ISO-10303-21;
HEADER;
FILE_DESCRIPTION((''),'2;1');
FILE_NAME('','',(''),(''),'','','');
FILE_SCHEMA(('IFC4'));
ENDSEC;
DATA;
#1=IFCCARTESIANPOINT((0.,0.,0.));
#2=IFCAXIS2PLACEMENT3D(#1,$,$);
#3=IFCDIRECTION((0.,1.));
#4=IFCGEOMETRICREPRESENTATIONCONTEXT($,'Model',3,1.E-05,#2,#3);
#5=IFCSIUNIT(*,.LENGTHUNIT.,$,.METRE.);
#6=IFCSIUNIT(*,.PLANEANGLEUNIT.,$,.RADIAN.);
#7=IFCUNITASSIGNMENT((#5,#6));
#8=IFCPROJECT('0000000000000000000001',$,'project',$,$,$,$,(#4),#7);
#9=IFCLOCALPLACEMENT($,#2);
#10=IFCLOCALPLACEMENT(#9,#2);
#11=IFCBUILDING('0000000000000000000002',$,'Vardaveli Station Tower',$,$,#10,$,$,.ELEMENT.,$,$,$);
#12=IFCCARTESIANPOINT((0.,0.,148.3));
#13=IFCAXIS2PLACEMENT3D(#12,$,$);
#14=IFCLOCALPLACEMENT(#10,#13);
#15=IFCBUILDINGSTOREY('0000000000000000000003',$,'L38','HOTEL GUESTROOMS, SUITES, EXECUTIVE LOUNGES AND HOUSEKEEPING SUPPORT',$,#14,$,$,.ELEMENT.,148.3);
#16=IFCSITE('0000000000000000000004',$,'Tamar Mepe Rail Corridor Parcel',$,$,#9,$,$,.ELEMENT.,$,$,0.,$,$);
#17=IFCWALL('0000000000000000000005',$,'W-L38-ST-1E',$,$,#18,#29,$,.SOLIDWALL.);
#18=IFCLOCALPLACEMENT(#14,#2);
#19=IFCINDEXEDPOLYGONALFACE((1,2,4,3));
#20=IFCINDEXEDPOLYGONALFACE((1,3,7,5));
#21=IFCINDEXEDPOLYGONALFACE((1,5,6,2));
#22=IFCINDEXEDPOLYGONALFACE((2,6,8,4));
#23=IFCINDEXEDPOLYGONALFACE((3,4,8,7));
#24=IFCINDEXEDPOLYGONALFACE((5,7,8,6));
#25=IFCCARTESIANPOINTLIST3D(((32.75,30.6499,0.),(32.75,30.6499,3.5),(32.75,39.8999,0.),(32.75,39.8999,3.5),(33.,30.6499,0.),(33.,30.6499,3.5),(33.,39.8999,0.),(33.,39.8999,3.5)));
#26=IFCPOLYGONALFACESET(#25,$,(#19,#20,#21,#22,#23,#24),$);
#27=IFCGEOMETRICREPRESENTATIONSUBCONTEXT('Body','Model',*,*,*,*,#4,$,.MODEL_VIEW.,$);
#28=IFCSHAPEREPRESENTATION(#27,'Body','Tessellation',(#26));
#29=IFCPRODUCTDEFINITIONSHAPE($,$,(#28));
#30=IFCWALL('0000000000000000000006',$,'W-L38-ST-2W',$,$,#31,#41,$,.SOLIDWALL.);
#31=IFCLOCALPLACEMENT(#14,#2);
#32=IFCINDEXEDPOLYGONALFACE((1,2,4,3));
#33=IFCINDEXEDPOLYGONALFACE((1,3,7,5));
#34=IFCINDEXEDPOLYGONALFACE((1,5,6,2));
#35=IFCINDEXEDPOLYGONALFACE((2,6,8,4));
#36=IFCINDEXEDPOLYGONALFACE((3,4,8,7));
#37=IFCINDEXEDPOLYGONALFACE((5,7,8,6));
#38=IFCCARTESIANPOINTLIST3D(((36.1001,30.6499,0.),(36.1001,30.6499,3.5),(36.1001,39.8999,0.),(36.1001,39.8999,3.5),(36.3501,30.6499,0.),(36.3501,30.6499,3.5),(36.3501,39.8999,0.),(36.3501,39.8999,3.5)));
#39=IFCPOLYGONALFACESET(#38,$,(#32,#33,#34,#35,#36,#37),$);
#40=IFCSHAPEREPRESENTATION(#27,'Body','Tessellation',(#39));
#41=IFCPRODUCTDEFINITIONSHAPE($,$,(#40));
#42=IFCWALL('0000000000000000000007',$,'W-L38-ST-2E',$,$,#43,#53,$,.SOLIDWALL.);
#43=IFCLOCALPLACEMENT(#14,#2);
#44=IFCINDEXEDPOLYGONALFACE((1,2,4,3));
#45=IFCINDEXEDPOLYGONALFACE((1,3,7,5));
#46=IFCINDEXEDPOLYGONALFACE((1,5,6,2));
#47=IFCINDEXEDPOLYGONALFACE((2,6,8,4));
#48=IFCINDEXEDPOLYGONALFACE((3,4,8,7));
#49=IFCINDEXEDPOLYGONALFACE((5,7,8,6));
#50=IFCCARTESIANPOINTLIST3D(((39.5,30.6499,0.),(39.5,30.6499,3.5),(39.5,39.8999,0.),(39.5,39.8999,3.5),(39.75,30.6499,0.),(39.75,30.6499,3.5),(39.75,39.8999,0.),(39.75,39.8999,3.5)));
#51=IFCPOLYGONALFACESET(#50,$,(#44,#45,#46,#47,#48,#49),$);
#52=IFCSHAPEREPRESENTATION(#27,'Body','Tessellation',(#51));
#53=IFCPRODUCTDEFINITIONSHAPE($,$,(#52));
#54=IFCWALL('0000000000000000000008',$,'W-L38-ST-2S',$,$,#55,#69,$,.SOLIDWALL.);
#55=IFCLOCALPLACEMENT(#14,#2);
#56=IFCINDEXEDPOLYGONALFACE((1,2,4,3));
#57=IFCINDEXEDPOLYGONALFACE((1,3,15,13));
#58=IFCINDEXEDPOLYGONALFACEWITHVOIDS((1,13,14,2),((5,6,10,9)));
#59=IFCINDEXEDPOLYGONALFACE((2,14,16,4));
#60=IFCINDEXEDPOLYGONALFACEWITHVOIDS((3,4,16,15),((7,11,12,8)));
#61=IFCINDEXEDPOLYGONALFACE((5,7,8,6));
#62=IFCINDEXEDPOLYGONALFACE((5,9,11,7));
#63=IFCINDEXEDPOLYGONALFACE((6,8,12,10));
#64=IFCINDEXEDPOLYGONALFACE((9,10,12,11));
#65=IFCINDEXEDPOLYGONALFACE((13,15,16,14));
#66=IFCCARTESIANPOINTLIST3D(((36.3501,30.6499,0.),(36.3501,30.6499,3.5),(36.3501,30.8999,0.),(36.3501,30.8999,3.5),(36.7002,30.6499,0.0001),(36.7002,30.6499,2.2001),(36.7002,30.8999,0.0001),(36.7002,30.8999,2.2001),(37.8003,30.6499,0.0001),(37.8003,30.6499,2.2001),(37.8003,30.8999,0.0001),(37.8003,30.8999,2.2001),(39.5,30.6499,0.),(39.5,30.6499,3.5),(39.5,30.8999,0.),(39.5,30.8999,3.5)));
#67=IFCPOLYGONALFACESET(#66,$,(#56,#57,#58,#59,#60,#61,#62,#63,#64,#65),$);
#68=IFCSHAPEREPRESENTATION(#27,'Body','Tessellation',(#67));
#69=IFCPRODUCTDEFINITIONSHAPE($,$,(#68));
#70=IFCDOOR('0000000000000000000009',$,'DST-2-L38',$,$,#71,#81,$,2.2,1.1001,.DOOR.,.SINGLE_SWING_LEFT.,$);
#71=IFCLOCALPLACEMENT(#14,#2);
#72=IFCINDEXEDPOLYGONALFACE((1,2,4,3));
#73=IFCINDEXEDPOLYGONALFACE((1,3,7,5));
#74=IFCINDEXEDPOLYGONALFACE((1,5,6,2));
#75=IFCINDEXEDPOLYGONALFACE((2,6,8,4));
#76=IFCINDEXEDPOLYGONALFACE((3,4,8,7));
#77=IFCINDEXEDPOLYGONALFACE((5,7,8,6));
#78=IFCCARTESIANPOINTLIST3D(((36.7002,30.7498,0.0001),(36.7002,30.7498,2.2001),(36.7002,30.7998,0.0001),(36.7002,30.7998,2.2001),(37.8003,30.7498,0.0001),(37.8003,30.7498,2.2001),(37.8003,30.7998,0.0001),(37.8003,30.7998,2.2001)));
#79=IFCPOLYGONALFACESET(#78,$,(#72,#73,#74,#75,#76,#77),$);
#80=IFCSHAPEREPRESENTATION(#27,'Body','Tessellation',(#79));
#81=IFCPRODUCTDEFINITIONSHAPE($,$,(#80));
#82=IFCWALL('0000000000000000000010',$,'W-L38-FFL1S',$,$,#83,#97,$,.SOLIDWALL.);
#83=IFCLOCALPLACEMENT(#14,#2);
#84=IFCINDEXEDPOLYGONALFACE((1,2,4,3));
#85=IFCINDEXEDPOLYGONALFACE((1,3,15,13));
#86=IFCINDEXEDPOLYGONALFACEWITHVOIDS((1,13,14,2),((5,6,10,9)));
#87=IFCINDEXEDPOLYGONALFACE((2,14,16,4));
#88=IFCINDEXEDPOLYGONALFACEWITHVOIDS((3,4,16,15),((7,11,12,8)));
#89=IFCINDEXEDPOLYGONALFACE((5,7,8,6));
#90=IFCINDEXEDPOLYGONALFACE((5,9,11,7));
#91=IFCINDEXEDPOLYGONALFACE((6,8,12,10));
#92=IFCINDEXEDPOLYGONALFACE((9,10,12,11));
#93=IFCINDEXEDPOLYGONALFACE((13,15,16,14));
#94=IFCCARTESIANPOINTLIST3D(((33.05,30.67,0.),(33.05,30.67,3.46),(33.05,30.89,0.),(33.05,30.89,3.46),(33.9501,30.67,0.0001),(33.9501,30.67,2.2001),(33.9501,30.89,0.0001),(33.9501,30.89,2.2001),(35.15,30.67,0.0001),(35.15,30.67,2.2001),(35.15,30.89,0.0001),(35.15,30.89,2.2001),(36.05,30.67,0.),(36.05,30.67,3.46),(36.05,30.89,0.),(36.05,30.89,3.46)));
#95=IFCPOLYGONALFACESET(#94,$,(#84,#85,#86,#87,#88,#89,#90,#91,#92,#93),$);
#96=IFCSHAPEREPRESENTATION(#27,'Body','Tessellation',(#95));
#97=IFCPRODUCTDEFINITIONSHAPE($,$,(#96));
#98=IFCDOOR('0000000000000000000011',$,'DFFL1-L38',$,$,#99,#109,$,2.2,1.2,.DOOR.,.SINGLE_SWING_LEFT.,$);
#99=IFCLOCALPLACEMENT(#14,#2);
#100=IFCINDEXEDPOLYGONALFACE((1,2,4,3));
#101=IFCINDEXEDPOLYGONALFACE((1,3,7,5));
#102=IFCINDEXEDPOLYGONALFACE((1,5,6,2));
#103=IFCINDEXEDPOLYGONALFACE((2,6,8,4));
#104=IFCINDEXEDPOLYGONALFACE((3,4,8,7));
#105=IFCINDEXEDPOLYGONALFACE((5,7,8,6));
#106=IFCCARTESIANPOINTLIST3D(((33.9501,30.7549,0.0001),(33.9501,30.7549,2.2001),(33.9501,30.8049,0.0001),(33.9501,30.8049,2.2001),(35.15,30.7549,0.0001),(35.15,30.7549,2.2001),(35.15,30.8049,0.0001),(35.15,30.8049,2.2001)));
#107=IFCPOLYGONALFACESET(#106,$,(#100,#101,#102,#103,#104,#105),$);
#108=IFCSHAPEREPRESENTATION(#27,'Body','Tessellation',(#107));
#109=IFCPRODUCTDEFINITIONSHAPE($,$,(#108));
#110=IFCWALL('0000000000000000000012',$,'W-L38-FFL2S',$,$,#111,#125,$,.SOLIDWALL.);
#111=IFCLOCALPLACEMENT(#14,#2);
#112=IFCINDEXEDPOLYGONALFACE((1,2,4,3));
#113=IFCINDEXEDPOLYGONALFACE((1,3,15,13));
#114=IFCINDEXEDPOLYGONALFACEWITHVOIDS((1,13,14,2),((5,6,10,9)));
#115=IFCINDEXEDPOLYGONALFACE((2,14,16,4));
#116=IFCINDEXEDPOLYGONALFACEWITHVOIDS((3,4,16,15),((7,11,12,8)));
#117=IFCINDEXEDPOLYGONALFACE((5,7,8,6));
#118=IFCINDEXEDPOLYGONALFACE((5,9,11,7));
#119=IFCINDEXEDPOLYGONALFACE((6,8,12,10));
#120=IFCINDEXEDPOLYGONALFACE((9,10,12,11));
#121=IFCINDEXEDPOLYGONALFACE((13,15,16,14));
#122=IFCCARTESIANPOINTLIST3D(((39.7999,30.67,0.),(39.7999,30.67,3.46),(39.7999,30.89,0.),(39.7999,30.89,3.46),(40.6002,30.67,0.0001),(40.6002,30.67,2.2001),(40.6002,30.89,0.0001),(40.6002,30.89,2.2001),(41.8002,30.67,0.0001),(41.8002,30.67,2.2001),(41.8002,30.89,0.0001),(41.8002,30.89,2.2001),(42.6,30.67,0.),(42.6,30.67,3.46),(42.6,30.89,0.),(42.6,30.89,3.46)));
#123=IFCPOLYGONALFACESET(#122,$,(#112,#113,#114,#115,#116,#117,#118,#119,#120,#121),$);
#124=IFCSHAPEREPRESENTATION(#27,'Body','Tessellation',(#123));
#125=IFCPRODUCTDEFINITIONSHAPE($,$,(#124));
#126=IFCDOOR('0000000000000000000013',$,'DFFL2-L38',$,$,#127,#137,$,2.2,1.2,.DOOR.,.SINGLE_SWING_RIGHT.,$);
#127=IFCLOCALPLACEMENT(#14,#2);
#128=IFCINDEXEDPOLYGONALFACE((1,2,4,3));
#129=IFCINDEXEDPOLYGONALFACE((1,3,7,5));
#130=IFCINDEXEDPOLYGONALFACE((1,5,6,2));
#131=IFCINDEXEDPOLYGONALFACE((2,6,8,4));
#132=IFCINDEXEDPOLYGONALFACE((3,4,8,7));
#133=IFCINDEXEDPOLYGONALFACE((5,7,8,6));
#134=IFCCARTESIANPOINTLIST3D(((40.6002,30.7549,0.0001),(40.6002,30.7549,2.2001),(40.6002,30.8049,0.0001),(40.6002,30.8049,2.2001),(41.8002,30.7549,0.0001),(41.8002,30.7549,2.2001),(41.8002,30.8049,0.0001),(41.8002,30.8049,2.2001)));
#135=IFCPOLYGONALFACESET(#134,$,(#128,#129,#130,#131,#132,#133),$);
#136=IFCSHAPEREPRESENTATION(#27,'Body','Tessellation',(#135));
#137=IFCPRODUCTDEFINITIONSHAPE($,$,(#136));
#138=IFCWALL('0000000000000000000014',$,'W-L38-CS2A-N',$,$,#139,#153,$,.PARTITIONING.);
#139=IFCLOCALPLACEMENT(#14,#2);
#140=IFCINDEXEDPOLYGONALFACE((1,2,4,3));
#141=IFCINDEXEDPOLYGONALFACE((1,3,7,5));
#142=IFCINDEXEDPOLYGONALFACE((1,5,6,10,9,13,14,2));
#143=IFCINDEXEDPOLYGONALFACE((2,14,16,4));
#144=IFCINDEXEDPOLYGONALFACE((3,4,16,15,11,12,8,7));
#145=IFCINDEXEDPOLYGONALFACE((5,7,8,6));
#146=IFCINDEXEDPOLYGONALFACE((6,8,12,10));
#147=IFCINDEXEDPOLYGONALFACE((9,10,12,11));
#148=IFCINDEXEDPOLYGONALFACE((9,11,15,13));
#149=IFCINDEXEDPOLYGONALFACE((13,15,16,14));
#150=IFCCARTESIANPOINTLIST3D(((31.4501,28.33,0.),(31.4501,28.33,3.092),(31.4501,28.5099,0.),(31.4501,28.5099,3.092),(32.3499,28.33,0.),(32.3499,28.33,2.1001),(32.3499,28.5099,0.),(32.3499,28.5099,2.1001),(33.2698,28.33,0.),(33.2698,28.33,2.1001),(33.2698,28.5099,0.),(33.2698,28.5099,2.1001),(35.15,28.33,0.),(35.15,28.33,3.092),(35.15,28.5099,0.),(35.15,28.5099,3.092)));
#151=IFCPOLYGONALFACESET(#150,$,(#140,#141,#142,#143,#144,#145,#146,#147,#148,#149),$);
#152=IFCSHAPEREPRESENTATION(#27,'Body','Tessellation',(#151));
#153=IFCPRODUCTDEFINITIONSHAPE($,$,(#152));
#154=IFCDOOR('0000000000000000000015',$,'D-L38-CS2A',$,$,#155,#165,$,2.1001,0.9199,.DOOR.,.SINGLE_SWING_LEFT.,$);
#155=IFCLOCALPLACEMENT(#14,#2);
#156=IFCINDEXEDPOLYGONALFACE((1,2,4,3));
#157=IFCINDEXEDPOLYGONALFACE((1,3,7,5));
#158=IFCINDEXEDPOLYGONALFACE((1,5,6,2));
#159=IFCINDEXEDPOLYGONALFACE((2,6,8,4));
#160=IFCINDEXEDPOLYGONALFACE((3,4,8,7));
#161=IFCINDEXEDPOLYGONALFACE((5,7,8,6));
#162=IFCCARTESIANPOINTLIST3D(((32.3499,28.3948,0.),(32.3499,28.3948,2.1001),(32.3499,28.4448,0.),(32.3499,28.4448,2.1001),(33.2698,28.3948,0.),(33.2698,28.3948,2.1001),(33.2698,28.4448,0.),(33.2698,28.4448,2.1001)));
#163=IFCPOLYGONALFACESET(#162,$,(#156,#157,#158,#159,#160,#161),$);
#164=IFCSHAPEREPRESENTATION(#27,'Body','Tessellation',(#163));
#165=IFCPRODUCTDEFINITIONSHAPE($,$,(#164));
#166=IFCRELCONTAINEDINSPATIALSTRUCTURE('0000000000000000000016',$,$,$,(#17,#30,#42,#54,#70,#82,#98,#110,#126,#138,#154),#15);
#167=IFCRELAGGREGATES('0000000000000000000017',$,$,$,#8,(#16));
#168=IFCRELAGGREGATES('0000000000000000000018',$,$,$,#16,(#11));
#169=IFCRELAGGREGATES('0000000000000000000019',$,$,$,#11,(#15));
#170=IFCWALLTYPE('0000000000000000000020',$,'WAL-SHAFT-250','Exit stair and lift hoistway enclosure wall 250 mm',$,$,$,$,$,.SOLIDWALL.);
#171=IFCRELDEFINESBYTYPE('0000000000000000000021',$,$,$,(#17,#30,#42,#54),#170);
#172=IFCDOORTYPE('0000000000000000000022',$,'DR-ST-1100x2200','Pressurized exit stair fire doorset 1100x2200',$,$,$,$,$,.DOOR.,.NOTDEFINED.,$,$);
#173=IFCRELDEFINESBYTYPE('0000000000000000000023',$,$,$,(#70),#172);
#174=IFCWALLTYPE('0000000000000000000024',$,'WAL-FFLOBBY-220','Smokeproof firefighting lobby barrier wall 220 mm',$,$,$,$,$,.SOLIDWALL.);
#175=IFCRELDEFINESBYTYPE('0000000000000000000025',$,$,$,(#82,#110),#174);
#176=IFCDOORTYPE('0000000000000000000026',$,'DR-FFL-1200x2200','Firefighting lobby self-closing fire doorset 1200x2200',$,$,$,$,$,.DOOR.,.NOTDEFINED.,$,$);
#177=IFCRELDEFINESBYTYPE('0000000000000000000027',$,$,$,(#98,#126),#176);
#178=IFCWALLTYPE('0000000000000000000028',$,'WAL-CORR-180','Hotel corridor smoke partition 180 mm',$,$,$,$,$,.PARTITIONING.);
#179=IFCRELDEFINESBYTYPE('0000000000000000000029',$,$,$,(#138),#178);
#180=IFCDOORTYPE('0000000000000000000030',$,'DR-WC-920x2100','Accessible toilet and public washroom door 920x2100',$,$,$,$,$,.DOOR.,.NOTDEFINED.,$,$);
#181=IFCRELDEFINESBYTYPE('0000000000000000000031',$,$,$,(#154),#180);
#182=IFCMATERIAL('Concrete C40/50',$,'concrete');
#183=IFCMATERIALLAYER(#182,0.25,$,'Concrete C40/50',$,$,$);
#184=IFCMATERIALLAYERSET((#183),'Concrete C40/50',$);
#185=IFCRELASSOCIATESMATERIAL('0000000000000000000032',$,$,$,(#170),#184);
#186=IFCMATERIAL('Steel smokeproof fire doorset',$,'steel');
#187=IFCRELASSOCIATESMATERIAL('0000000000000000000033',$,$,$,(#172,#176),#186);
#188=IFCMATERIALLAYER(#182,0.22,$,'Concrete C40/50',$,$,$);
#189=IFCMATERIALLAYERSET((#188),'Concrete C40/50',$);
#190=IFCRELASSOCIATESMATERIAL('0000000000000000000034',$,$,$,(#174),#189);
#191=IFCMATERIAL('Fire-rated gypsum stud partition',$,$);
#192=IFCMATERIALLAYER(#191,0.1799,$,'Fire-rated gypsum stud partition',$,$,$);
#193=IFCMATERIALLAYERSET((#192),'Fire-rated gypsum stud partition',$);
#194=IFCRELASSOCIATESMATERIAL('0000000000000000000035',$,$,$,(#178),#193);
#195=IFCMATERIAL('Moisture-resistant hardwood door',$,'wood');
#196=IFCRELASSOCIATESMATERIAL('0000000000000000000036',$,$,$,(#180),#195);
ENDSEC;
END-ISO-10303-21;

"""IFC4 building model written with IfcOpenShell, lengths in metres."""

from ifc_helpers import new_model, si_unit, direction, frame, frame_2d, origin, place, context, subcontext, project, spatial, rectangle, extrude, source, transform, mapped, material, layer, layer_set, type_object, element, fill, save


model = new_model("IFC4")

# Units and contexts
model_context = context("Model", 3, precision=1e-05, world=origin(), true_north=direction((0.0, 1.0)))
body_context = subcontext(model_context, "Body", "Model", "MODEL_VIEW")
ifc_project = project(units=[si_unit("LENGTHUNIT", "METRE"), si_unit("PLANEANGLEUNIT", "RADIAN")], contexts=[model_context])

# Site, building, storey
site_placement = place(None, origin())
site = spatial("IfcSite", under=ifc_project, at=site_placement, Name="Tamar Mepe Rail Corridor Parcel", CompositionType="ELEMENT", RefElevation=0.0)
building_placement = place(site_placement, origin())
building = spatial("IfcBuilding", under=site, at=building_placement, Name="Vardaveli Station Tower", CompositionType="ELEMENT")
storey_placement = place(building_placement, frame((0.0, 0.0, 148.3)))
storey = spatial("IfcBuildingStorey", under=building, at=storey_placement, Name="L38", Description="HOTEL GUESTROOMS, SUITES, EXECUTIVE LOUNGES AND HOUSEKEEPING SUPPORT", CompositionType="ELEMENT", Elevation=148.3)

# Walls
ifc_material_1 = material(Name="Concrete C40/50", Category="concrete")
ifc_layer_1 = layer(ifc_material_1, 0.25, Name="Concrete C40/50")
ifc_layer_set_1 = layer_set([ifc_layer_1], Name="Concrete C40/50")
wall_type_1 = type_object("IfcWallType", Name="WAL-SHAFT-250", Description="Exit stair and lift hoistway enclosure wall 250 mm", PredefinedType="SOLIDWALL", material=ifc_layer_set_1)
shared_shape_1 = source(origin(), body_context, "Body", "SweptSolid", [
    extrude(rectangle(XDim=9.25, YDim=0.25, at=frame_2d((4.625, 0.0))), origin(), (0.0, 0.0, 1.0), 3.5),
])
for number, where, z_axis, x_axis, name in (
    (1, (32.875, 30.6499, 0.0), (0.0, 0.0, 1.0), (0.0, 1.0, 0.0), "W-L38-ST-1E"),
    (2, (36.2251, 30.6499, 0.0), (0.0, 0.0, 1.0), (0.0, 1.0, 0.0), "W-L38-ST-2W"),
    (3, (39.625, 30.6499, 0.0), (0.0, 0.0, 1.0), (0.0, 1.0, 0.0), "W-L38-ST-2E"),
):
    element("IfcWall", number, at=place(storey_placement, frame(where, z_axis=z_axis, x_axis=x_axis)), inside=storey, type_object=wall_type_1, Name=name, PredefinedType="SOLIDWALL", context=body_context, shape_type="MappedRepresentation", body=[
        mapped(shared_shape_1, transform((0.0, 0.0, 0.0), scale=1.0)),
    ])

# Walls, openings, doors
shared_shape_2 = source(origin(), body_context, "Body", "SweptSolid", [
    extrude(rectangle(XDim=3.1499, YDim=0.25, at=frame_2d((1.575, 0.0))), origin(), (0.0, 0.0, 1.0), 3.5),
])
wall_1_placement = place(storey_placement, frame((36.3501, 30.7749, 0.0), z_axis=(0.0, 0.0, 1.0), x_axis=(1.0, 0.0, 0.0)))
wall_1 = element("IfcWall", 4, at=wall_1_placement, inside=storey, type_object=wall_type_1, Name="W-L38-ST-2S", PredefinedType="SOLIDWALL", context=body_context, shape_type="MappedRepresentation", body=[
    mapped(shared_shape_2, transform((0.0, 0.0, 0.0), scale=1.0)),
])
shared_shape_3 = source(origin(), body_context, "Body", "SweptSolid", [
    extrude(rectangle(XDim=1.1001, YDim=2.2, at=frame_2d((0.55, 1.1001))), frame((0.0, 0.135, 0.0), z_axis=(0.0, -1.0, 0.0), x_axis=(1.0, 0.0, 0.0)), (0.0, 0.0, 1.0), 0.27),
])
opening_1_placement = place(wall_1_placement, frame((0.3501, 0.0, 0.0)))
opening_1 = element("IfcOpeningElement", 5, at=opening_1_placement, cuts=wall_1, PredefinedType="OPENING", context=body_context, shape_type="MappedRepresentation", body=[
    mapped(shared_shape_3, transform((0.0, 0.0, 0.0), scale=1.0)),
])
ifc_material_2 = material(Name="Steel smokeproof fire doorset", Category="steel")
door_type_1 = type_object("IfcDoorType", Name="DR-ST-1100x2200", Description="Pressurized exit stair fire doorset 1100x2200", OperationType="NOTDEFINED", PredefinedType="DOOR", material=ifc_material_2)
shared_shape_4 = source(origin(), body_context, "Body", "SweptSolid", [
    extrude(rectangle(XDim=1.1001, YDim=2.2, at=frame_2d((0.55, 1.1001))), frame((0.0, 0.0249, 0.0), z_axis=(0.0, -1.0, 0.0), x_axis=(1.0, 0.0, 0.0)), (0.0, 0.0, 1.0), 0.05),
])
door_1_placement = place(opening_1_placement, origin())
door_1 = element("IfcDoor", 6, at=door_1_placement, inside=storey, type_object=door_type_1, Name="DST-2-L38", OperationType="SINGLE_SWING_LEFT", OverallHeight=2.2, OverallWidth=1.1001, PredefinedType="DOOR", context=body_context, shape_type="MappedRepresentation", body=[
    mapped(shared_shape_4, transform((0.0, 0.0, 0.0), scale=1.0)),
])
fill(opening_1, door_1)
ifc_layer_2 = layer(ifc_material_1, 0.22, Name="Concrete C40/50")
ifc_layer_set_2 = layer_set([ifc_layer_2], Name="Concrete C40/50")
wall_type_2 = type_object("IfcWallType", Name="WAL-FFLOBBY-220", Description="Smokeproof firefighting lobby barrier wall 220 mm", PredefinedType="SOLIDWALL", material=ifc_layer_set_2)
shared_shape_5 = source(origin(), body_context, "Body", "SweptSolid", [
    extrude(rectangle(XDim=3.0, YDim=0.22, at=frame_2d((1.5, 0.0))), origin(), (0.0, 0.0, 1.0), 3.46),
])
wall_2_placement = place(storey_placement, frame((33.05, 30.78, 0.0), z_axis=(0.0, 0.0, 1.0), x_axis=(1.0, 0.0, 0.0)))
wall_2 = element("IfcWall", 7, at=wall_2_placement, inside=storey, type_object=wall_type_2, Name="W-L38-FFL1S", PredefinedType="SOLIDWALL", context=body_context, shape_type="MappedRepresentation", body=[
    mapped(shared_shape_5, transform((0.0, 0.0, 0.0), scale=1.0)),
])
shared_shape_6 = source(origin(), body_context, "Body", "SweptSolid", [
    extrude(rectangle(XDim=1.2, YDim=2.2, at=frame_2d((0.6001, 1.1001))), frame((0.0, 0.1201, 0.0), z_axis=(0.0, -1.0, 0.0), x_axis=(1.0, 0.0, 0.0)), (0.0, 0.0, 1.0), 0.24),
])
opening_2_placement = place(wall_2_placement, frame((0.8999, 0.0, 0.0)))
opening_2 = element("IfcOpeningElement", 8, at=opening_2_placement, cuts=wall_2, PredefinedType="OPENING", context=body_context, shape_type="MappedRepresentation", body=[
    mapped(shared_shape_6, transform((0.0, 0.0, 0.0), scale=1.0)),
])
door_type_2 = type_object("IfcDoorType", Name="DR-FFL-1200x2200", Description="Firefighting lobby self-closing fire doorset 1200x2200", OperationType="NOTDEFINED", PredefinedType="DOOR", material=ifc_material_2)
shared_shape_7 = source(origin(), body_context, "Body", "SweptSolid", [
    extrude(rectangle(XDim=1.2, YDim=2.2, at=frame_2d((0.6001, 1.1001))), frame((0.0, 0.0249, 0.0), z_axis=(0.0, -1.0, 0.0), x_axis=(1.0, 0.0, 0.0)), (0.0, 0.0, 1.0), 0.05),
])
door_2_placement = place(opening_2_placement, origin())
door_2 = element("IfcDoor", 9, at=door_2_placement, inside=storey, type_object=door_type_2, Name="DFFL1-L38", OperationType="SINGLE_SWING_LEFT", OverallHeight=2.2, OverallWidth=1.2, PredefinedType="DOOR", context=body_context, shape_type="MappedRepresentation", body=[
    mapped(shared_shape_7, transform((0.0, 0.0, 0.0), scale=1.0)),
])
fill(opening_2, door_2)
shared_shape_8 = source(origin(), body_context, "Body", "SweptSolid", [
    extrude(rectangle(XDim=2.8, YDim=0.22, at=frame_2d((1.3999, 0.0))), origin(), (0.0, 0.0, 1.0), 3.46),
])
wall_3_placement = place(storey_placement, frame((39.8, 30.78, 0.0), z_axis=(0.0, 0.0, 1.0), x_axis=(1.0, 0.0, 0.0)))
wall_3 = element("IfcWall", 10, at=wall_3_placement, inside=storey, type_object=wall_type_2, Name="W-L38-FFL2S", PredefinedType="SOLIDWALL", context=body_context, shape_type="MappedRepresentation", body=[
    mapped(shared_shape_8, transform((0.0, 0.0, 0.0), scale=1.0)),
])
opening_3_placement = place(wall_3_placement, frame((0.8, 0.0, 0.0)))
opening_3 = element("IfcOpeningElement", 11, at=opening_3_placement, cuts=wall_3, PredefinedType="OPENING", context=body_context, shape_type="MappedRepresentation", body=[
    mapped(shared_shape_6, transform((0.0, 0.0, 0.0), scale=1.0)),
])
door_3_placement = place(opening_3_placement, origin())
door_3 = element("IfcDoor", 12, at=door_3_placement, inside=storey, type_object=door_type_2, Name="DFFL2-L38", OperationType="SINGLE_SWING_RIGHT", OverallHeight=2.2, OverallWidth=1.2, PredefinedType="DOOR", context=body_context, shape_type="MappedRepresentation", body=[
    mapped(shared_shape_7, transform((0.0, 0.0, 0.0), scale=1.0)),
])
fill(opening_3, door_3)
ifc_material_3 = material(Name="Fire-rated gypsum stud partition")
ifc_layer_3 = layer(ifc_material_3, 0.1799, Name="Fire-rated gypsum stud partition")
ifc_layer_set_3 = layer_set([ifc_layer_3], Name="Fire-rated gypsum stud partition")
wall_type_3 = type_object("IfcWallType", Name="WAL-CORR-180", Description="Hotel corridor smoke partition 180 mm", PredefinedType="PARTITIONING", material=ifc_layer_set_3)
shared_shape_9 = source(origin(), body_context, "Body", "SweptSolid", [
    extrude(rectangle(XDim=3.7, YDim=0.1799, at=frame_2d((1.8501, 0.0))), origin(), (0.0, 0.0, 1.0), 3.092),
])
wall_4_placement = place(storey_placement, frame((31.45, 28.4199, 0.0), z_axis=(0.0, 0.0, 1.0), x_axis=(1.0, 0.0, 0.0)))
wall_4 = element("IfcWall", 13, at=wall_4_placement, inside=storey, type_object=wall_type_3, Name="W-L38-CS2A-N", PredefinedType="PARTITIONING", context=body_context, shape_type="MappedRepresentation", body=[
    mapped(shared_shape_9, transform((0.0, 0.0, 0.0), scale=1.0)),
])
shared_shape_10 = source(origin(), body_context, "Body", "SweptSolid", [
    extrude(rectangle(XDim=0.9199, YDim=2.1001, at=frame_2d((0.46, 1.05))), frame((0.0, 0.1001, 0.0), z_axis=(0.0, -1.0, 0.0), x_axis=(1.0, 0.0, 0.0)), (0.0, 0.0, 1.0), 0.2),
])
opening_4_placement = place(wall_4_placement, frame((0.8999, 0.0, 0.0)))
opening_4 = element("IfcOpeningElement", 14, at=opening_4_placement, cuts=wall_4, PredefinedType="OPENING", context=body_context, shape_type="MappedRepresentation", body=[
    mapped(shared_shape_10, transform((0.0, 0.0, 0.0), scale=1.0)),
])
ifc_material_4 = material(Name="Moisture-resistant hardwood door", Category="wood")
door_type_3 = type_object("IfcDoorType", Name="DR-WC-920x2100", Description="Accessible toilet and public washroom door 920x2100", OperationType="NOTDEFINED", PredefinedType="DOOR", material=ifc_material_4)
shared_shape_11 = source(origin(), body_context, "Body", "SweptSolid", [
    extrude(rectangle(XDim=0.9199, YDim=2.1001, at=frame_2d((0.46, 1.05))), frame((0.0, 0.0249, 0.0), z_axis=(0.0, -1.0, 0.0), x_axis=(1.0, 0.0, 0.0)), (0.0, 0.0, 1.0), 0.05),
])
door_4_placement = place(opening_4_placement, origin())
door_4 = element("IfcDoor", 15, at=door_4_placement, inside=storey, type_object=door_type_3, Name="D-L38-CS2A", OperationType="SINGLE_SWING_LEFT", OverallHeight=2.1001, OverallWidth=0.9199, PredefinedType="DOOR", context=body_context, shape_type="MappedRepresentation", body=[
    mapped(shared_shape_11, transform((0.0, 0.0, 0.0), scale=1.0)),
])
fill(opening_4, door_4)

save(model, "model.ifc")
